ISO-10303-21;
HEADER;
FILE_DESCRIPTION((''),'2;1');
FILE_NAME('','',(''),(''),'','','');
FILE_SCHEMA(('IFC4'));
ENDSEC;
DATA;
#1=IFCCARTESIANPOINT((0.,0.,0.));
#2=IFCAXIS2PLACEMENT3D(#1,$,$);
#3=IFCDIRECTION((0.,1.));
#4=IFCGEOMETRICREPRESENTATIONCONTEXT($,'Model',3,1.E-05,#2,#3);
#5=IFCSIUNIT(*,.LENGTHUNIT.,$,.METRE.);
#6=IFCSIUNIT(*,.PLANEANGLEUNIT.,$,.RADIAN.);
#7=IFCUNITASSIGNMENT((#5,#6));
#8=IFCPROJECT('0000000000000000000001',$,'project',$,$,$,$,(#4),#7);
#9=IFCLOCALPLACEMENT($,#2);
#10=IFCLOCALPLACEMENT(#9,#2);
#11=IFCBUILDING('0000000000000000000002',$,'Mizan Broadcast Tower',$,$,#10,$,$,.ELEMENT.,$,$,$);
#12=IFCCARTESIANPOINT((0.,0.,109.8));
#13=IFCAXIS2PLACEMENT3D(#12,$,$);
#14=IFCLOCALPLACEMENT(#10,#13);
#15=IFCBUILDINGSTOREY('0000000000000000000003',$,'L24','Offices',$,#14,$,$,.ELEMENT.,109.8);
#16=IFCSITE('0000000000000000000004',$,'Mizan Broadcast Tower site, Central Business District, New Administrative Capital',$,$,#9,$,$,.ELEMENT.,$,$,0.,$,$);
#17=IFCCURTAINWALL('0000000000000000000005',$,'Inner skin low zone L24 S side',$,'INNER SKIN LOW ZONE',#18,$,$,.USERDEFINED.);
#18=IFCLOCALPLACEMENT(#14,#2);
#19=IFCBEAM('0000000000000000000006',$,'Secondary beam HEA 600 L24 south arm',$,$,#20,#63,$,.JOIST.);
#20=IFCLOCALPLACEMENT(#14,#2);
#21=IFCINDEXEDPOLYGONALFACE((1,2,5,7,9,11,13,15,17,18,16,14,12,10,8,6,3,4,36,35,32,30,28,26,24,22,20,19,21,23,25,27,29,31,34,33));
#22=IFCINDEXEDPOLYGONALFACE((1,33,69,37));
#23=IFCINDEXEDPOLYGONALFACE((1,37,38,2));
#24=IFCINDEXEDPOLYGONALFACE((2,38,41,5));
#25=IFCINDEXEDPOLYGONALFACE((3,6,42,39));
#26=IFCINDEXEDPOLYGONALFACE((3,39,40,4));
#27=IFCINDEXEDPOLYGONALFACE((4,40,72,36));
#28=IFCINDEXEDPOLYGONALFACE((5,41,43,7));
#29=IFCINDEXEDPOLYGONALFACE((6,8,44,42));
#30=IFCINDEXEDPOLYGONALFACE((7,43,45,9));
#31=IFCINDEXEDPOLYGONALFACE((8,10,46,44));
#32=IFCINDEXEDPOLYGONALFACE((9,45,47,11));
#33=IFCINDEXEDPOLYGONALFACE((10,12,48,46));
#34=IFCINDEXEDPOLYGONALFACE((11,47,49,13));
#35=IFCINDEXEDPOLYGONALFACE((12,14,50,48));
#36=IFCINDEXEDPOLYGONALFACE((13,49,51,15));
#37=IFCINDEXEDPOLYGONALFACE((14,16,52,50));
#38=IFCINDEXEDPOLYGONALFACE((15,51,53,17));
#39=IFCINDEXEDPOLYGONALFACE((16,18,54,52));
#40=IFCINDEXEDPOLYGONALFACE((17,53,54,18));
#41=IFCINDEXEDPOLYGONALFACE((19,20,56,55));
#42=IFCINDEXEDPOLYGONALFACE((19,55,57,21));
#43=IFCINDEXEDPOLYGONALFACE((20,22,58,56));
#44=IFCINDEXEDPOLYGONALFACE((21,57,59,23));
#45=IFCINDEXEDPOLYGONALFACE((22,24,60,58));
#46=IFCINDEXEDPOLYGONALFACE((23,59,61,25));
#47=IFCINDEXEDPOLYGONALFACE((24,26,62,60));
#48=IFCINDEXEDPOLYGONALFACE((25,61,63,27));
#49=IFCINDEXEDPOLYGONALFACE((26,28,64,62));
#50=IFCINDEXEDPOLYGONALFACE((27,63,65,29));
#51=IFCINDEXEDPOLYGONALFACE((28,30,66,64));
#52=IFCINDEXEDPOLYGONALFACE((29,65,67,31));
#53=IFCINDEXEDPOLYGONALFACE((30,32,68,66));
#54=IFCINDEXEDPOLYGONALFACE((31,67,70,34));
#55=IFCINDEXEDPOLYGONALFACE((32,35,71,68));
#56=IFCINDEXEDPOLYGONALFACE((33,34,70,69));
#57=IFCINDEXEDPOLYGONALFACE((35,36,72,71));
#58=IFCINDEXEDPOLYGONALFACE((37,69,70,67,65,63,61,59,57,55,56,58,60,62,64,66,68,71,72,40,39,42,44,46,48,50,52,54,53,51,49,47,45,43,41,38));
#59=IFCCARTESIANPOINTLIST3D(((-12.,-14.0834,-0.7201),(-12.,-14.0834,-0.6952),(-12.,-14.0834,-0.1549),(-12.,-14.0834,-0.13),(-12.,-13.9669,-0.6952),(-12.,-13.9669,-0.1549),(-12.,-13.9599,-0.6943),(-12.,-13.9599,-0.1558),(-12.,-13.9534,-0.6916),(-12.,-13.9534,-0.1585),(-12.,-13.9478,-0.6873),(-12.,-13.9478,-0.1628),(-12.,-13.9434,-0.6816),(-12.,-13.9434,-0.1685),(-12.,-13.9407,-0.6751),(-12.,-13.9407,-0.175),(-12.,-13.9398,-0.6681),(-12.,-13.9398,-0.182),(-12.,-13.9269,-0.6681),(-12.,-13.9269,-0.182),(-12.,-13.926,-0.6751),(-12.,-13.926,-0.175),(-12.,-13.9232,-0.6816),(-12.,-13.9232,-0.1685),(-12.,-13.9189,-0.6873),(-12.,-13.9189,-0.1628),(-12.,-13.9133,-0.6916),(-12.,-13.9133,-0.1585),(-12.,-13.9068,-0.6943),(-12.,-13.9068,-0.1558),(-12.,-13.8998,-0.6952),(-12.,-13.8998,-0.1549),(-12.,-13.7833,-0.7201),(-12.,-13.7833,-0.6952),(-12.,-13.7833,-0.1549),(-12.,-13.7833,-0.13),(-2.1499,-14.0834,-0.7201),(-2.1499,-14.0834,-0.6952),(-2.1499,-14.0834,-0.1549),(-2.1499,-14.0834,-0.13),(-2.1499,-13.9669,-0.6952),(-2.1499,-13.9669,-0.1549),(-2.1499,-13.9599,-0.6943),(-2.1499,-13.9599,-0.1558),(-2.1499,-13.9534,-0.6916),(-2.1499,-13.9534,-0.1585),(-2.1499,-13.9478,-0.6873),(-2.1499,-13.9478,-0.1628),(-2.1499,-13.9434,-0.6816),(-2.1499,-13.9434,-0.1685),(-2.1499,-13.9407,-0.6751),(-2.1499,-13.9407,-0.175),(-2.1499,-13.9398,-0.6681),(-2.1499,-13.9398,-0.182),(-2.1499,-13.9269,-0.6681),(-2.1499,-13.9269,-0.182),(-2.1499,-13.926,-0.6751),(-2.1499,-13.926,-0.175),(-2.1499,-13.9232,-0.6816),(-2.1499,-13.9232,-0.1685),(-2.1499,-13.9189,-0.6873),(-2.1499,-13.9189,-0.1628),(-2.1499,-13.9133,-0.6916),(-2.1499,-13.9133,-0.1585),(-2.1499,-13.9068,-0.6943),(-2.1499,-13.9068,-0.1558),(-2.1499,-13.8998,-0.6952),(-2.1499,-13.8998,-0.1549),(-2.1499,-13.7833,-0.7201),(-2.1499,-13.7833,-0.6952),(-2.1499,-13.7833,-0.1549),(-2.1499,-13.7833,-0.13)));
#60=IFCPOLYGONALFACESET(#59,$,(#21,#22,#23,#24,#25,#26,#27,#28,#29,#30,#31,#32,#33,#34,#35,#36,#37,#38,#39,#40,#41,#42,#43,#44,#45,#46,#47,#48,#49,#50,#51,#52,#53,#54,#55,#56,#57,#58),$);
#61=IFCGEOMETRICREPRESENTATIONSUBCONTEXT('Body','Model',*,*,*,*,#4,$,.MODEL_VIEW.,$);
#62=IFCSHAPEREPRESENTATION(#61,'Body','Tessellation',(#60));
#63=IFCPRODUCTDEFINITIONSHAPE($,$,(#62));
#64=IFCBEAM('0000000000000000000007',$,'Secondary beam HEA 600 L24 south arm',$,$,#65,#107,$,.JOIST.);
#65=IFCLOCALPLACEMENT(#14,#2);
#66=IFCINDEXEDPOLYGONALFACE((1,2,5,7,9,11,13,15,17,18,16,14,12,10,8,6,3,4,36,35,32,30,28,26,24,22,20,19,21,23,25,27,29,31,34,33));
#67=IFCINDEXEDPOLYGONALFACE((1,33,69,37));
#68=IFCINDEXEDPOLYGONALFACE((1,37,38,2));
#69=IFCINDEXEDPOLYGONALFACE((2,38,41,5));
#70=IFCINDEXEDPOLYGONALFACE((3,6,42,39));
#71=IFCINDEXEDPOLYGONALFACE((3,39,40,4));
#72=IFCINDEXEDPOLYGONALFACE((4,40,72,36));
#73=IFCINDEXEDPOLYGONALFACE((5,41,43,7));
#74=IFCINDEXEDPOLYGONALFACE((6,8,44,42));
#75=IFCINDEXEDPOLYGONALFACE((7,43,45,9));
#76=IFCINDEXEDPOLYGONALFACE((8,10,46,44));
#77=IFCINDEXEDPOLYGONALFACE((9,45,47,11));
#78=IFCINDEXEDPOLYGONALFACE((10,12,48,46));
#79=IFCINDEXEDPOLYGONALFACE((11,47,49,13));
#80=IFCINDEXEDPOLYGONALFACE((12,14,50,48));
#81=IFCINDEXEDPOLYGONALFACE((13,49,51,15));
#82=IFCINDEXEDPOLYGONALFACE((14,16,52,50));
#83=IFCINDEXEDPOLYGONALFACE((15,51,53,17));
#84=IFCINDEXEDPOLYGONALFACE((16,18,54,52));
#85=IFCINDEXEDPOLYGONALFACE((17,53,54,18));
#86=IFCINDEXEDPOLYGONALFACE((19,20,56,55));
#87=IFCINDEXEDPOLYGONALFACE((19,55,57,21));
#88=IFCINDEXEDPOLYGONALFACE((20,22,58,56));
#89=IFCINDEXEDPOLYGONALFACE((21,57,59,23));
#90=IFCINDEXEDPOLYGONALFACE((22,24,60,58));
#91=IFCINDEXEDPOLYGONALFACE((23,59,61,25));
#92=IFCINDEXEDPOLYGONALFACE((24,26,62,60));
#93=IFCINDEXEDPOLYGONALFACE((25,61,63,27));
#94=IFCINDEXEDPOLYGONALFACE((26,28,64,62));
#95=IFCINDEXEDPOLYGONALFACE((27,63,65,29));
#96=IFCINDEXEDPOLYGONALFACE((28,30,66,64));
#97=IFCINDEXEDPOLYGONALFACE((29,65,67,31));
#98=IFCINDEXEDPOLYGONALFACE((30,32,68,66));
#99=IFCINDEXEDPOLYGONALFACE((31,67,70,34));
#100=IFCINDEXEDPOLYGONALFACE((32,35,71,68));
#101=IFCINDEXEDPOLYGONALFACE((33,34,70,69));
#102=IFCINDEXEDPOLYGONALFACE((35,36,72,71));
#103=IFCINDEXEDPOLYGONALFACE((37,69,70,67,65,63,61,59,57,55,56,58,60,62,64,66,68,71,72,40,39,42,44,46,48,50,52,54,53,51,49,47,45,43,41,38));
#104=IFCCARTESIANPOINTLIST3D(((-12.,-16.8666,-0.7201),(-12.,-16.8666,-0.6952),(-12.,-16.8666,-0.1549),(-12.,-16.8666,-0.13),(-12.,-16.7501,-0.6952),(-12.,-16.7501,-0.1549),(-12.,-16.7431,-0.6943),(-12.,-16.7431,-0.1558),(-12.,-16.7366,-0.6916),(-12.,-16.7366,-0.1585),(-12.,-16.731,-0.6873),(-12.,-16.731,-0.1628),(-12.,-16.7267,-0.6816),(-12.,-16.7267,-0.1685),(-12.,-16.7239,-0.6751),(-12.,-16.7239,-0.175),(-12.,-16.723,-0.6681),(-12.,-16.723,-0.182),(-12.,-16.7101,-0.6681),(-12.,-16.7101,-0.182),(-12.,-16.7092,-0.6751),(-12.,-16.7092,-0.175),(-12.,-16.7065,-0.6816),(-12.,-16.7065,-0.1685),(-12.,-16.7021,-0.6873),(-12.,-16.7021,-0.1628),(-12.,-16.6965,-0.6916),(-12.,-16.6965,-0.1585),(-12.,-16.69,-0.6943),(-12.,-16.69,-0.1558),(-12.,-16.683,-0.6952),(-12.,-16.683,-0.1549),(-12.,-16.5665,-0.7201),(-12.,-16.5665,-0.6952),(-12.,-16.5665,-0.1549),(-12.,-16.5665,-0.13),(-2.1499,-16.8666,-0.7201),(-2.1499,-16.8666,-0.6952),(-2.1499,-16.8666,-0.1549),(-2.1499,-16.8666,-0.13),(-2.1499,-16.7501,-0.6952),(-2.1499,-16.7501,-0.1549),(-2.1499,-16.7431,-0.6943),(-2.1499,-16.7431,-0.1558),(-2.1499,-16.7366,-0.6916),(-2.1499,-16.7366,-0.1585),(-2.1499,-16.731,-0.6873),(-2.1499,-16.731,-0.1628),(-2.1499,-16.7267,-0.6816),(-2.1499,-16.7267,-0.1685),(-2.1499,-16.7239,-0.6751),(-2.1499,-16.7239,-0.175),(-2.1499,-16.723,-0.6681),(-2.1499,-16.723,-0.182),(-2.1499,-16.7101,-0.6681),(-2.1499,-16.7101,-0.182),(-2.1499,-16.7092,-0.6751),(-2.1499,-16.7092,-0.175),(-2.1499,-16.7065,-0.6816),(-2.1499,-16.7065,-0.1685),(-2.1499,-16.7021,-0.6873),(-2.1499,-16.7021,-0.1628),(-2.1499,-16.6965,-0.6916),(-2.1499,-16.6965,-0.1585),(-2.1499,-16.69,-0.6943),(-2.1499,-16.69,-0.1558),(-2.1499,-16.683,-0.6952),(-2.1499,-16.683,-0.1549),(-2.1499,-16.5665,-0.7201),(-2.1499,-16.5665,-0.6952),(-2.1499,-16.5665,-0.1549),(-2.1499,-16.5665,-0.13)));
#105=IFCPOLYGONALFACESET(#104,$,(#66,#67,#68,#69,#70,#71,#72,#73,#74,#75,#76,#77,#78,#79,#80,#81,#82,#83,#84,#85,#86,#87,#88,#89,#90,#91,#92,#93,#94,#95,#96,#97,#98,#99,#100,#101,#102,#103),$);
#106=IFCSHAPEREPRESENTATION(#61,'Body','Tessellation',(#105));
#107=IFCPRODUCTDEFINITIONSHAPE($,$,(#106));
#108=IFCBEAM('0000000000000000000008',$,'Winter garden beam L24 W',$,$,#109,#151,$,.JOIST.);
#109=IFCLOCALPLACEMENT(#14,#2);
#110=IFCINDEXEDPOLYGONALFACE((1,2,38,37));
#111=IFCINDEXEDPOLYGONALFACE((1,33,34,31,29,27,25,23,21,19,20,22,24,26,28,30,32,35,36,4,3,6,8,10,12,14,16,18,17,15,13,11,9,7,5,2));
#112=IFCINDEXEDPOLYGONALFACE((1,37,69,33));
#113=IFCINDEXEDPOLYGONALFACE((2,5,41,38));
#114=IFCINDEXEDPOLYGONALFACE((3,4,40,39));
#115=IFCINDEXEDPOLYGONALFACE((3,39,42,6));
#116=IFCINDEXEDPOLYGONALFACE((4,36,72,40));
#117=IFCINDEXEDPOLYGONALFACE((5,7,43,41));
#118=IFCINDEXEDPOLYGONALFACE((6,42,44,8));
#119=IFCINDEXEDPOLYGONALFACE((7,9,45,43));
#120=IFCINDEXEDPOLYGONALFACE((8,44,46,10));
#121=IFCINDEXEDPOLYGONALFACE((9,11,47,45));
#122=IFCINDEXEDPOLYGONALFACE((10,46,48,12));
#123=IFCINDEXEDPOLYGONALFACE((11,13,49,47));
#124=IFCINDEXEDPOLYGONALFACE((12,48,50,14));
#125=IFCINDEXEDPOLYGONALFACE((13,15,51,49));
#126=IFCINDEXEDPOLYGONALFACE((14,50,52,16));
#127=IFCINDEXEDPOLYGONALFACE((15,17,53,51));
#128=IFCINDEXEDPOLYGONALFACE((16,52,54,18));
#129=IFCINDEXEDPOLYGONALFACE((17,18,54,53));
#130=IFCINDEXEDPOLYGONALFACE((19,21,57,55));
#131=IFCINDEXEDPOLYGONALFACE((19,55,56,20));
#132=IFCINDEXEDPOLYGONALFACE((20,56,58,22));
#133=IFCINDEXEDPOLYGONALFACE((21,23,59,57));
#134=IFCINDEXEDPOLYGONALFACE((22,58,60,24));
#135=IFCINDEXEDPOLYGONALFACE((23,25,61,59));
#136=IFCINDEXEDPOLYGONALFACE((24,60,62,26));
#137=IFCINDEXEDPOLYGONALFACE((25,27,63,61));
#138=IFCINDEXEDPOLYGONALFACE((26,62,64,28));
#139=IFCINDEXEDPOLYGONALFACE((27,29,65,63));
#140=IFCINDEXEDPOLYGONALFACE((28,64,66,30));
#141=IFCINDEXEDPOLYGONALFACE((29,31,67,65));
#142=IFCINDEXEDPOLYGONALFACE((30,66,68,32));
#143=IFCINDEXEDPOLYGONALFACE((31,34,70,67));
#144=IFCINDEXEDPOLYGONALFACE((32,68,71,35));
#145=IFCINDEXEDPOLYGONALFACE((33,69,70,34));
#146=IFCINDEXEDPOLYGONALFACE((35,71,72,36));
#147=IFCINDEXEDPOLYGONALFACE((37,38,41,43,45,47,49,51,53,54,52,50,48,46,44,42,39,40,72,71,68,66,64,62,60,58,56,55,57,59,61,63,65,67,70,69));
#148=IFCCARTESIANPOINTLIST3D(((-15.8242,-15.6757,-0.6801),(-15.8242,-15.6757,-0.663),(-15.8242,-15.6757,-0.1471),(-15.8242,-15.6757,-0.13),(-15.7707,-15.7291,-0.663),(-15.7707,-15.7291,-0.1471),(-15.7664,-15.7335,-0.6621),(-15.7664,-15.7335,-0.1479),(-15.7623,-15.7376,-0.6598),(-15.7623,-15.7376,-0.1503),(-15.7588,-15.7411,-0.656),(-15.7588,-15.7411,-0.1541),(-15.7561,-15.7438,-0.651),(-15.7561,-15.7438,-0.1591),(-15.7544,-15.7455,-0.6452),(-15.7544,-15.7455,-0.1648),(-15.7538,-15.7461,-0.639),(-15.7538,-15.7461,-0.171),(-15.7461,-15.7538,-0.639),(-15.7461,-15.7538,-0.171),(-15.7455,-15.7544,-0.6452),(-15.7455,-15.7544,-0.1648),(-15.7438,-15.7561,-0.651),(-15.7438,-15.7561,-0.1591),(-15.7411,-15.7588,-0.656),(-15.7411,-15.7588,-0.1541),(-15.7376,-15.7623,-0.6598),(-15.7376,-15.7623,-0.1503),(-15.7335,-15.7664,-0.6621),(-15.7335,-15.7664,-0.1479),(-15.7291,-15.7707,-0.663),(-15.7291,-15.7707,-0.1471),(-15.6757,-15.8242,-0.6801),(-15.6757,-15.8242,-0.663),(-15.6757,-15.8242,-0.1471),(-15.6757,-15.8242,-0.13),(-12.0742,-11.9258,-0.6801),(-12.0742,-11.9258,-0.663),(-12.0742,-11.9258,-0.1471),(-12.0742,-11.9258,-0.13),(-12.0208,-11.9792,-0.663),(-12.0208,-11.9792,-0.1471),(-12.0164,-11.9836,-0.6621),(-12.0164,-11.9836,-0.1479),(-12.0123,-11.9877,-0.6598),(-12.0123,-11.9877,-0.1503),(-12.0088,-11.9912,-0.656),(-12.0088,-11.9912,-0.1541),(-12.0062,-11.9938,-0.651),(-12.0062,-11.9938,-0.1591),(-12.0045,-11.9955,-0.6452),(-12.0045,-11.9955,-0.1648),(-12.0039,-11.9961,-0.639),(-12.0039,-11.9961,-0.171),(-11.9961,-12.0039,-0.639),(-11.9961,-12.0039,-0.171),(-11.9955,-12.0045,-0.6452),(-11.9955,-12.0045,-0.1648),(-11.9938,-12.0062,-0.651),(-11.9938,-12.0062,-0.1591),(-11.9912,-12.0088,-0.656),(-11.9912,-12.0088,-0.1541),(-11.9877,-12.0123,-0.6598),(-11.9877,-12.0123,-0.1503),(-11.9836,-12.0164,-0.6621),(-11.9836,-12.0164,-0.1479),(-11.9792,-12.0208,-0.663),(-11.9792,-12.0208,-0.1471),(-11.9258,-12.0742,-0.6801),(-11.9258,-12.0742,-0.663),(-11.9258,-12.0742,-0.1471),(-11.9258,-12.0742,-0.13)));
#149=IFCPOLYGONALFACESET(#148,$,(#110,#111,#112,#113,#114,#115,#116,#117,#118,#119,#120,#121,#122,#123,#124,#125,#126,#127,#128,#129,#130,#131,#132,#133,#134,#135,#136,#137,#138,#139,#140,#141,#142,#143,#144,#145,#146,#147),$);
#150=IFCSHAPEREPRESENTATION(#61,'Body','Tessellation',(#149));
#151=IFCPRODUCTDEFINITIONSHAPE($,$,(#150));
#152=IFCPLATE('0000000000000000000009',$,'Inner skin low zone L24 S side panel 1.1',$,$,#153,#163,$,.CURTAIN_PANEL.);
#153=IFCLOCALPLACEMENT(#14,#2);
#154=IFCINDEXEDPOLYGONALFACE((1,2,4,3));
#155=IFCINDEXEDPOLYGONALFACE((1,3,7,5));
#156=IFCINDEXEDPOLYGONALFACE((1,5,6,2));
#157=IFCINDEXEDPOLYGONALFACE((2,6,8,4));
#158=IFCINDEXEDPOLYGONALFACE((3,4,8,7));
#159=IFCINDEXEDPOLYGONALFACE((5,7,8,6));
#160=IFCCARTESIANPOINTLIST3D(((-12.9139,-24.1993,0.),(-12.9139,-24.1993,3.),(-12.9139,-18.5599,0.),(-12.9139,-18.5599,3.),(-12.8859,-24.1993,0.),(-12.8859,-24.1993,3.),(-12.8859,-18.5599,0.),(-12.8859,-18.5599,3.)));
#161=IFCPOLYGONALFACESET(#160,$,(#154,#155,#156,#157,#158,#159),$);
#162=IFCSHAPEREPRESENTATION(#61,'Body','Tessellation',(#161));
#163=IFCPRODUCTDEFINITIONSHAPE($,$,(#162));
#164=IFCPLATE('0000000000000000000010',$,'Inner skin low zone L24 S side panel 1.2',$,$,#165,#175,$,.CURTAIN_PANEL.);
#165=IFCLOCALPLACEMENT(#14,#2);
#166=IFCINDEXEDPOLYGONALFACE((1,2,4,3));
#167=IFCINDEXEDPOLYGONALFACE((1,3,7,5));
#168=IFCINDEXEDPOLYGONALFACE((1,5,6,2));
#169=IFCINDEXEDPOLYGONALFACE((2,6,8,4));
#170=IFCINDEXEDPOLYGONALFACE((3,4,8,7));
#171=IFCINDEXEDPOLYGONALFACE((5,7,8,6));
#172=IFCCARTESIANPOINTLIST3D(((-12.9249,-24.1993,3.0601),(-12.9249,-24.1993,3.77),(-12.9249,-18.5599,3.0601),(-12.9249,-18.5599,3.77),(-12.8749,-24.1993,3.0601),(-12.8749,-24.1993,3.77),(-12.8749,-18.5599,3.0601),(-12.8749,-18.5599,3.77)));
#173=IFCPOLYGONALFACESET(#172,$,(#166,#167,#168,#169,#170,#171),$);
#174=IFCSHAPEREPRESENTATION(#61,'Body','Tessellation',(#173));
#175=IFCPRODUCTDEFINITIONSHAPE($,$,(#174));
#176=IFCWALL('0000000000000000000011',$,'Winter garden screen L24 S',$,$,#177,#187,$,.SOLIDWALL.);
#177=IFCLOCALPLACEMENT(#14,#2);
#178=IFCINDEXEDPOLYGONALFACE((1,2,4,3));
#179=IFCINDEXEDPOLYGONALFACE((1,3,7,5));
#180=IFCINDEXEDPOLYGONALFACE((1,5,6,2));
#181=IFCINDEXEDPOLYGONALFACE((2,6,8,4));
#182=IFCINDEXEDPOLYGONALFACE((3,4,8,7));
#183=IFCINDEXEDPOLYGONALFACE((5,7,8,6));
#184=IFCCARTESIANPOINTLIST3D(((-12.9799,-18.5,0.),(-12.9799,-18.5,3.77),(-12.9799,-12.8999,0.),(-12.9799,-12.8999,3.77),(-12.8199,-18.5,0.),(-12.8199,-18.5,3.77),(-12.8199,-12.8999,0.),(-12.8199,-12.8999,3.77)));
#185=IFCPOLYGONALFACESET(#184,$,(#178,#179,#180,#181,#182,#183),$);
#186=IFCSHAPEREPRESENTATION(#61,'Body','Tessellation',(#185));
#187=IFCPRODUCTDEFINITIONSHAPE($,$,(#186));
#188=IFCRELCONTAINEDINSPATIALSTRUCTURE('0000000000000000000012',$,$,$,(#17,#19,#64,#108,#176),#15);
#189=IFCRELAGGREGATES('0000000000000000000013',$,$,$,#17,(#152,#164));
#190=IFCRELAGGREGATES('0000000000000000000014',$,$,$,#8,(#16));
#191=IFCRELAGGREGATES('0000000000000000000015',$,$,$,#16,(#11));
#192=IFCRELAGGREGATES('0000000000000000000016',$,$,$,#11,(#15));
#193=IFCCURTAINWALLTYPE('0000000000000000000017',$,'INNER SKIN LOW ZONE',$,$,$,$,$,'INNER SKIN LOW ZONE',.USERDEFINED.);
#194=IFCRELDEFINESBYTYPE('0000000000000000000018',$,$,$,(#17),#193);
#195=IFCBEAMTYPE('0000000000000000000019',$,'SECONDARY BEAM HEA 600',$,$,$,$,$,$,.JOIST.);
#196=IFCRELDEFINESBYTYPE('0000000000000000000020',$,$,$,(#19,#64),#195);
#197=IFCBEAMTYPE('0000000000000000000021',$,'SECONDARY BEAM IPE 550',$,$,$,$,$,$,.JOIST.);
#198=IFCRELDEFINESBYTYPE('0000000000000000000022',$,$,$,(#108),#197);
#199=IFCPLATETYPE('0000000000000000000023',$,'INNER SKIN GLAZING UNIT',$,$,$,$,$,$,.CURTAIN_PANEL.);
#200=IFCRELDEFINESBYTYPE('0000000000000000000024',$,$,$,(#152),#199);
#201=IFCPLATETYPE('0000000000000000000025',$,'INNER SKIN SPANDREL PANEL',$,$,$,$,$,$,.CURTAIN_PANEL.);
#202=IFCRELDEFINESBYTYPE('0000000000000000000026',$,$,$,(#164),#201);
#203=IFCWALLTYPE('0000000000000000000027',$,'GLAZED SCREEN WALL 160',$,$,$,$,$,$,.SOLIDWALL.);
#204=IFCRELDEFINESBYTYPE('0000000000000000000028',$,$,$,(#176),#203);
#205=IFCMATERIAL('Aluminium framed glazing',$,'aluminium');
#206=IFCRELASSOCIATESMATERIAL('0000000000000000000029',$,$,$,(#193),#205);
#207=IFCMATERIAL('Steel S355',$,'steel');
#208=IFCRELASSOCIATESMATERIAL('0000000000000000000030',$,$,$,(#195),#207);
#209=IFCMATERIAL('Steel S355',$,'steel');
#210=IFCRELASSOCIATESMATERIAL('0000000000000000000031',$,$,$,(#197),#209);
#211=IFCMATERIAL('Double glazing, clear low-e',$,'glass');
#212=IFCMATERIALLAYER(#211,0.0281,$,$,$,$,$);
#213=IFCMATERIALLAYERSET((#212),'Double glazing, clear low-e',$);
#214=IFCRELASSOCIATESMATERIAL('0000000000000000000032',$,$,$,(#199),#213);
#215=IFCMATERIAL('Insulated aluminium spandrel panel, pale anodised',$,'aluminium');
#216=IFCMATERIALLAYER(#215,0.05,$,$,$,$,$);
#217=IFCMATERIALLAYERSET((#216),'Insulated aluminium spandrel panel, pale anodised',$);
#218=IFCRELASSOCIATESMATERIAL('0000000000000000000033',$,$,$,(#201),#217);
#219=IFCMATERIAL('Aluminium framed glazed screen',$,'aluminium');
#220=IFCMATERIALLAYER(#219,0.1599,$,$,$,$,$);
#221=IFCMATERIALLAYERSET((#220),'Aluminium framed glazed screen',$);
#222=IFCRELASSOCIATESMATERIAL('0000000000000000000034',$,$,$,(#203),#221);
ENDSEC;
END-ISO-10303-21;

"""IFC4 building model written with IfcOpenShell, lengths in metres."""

from ifc_helpers import new_model, si_unit, direction, frame, frame_2d, origin, origin_2d, place, context, subcontext, project, spatial, rectangle, i_section, extrude, material, layer, layer_set, material_profile, profile_set, type_object, element, aggregate, save


model = new_model("IFC4")

# Units and contexts
model_context = context("Model", 3, precision=1e-05, world=origin(), true_north=direction((0.0, 1.0)))
body_context = subcontext(model_context, "Body", "Model", "MODEL_VIEW")
ifc_project = project(units=[si_unit("LENGTHUNIT", "METRE"), si_unit("PLANEANGLEUNIT", "RADIAN")], contexts=[model_context])

# Site, building, storey
site_placement = place(None, origin())
site = spatial("IfcSite", under=ifc_project, at=site_placement, Name="Mizan Broadcast Tower site, Central Business District, New Administrative Capital", CompositionType="ELEMENT", RefElevation=0.0)
building_placement = place(site_placement, origin())
building = spatial("IfcBuilding", under=site, at=building_placement, Name="Mizan Broadcast Tower", CompositionType="ELEMENT")
storey_placement = place(building_placement, frame((0.0, 0.0, 109.8)))
storey = spatial("IfcBuildingStorey", under=building, at=storey_placement, Name="L24", Description="Offices", CompositionType="ELEMENT", Elevation=109.8)

# Curtain wall
ifc_material_1 = material(Name="Aluminium framed glazing", Category="aluminium")
curtain_wall_type = type_object("IfcCurtainWallType", Name="INNER SKIN LOW ZONE", ElementType="INNER SKIN LOW ZONE", PredefinedType="USERDEFINED", material=ifc_material_1)
curtain_wall_placement = place(storey_placement, origin())
curtain_wall = element("IfcCurtainWall", 1, at=curtain_wall_placement, inside=storey, type_object=curtain_wall_type, Name="Inner skin low zone L24 S side", ObjectType="INNER SKIN LOW ZONE", PredefinedType="USERDEFINED")

# Beams
ifc_material_2 = material(Name="Steel S355", Category="steel")
ifc_material_profile_1 = material_profile(ifc_material_2, i_section(OverallWidth=0.3, OverallDepth=0.5901, WebThickness=0.0129, FlangeThickness=0.0249, FilletRadius=0.0271, at=origin_2d()), Name="HEA 600")
ifc_profile_set_1 = profile_set([ifc_material_profile_1], Name="Steel S355")
beam_type_1 = type_object("IfcBeamType", Name="SECONDARY BEAM HEA 600", PredefinedType="JOIST", material=ifc_profile_set_1)
for number, where, z_axis, x_axis, name in (
    (2, (-12.0, -13.9333, -0.425), (1.0, 0.0, 0.0), (0.0, 1.0, 0.0), "Secondary beam HEA 600 L24 south arm"),
    (3, (-12.0, -16.7166, -0.425), (1.0, 0.0, 0.0), (0.0, 1.0, 0.0), "Secondary beam HEA 600 L24 south arm"),
):
    element("IfcBeam", number, at=place(storey_placement, frame(where, z_axis=z_axis, x_axis=x_axis)), inside=storey, type_object=beam_type_1, Name=name, PredefinedType="JOIST", context=body_context, shape_type="SweptSolid", body=[
        extrude(i_section(OverallWidth=0.3, OverallDepth=0.5901, WebThickness=0.0129, FlangeThickness=0.0249, FilletRadius=0.0271, at=origin_2d()), origin(), (0.0, 0.0, 1.0), 9.8501),
    ])
ifc_material_3 = material(Name="Steel S355", Category="steel")
ifc_material_profile_2 = material_profile(ifc_material_3, i_section(OverallWidth=0.21, OverallDepth=0.55, WebThickness=0.011, FlangeThickness=0.0171, FilletRadius=0.0239, at=origin_2d()), Name="IPE 550")
ifc_profile_set_2 = profile_set([ifc_material_profile_2], Name="Steel S355")
beam_type_2 = type_object("IfcBeamType", Name="SECONDARY BEAM IPE 550", PredefinedType="JOIST", material=ifc_profile_set_2)
beam_1_placement = place(storey_placement, frame((-12.0, -12.0, -0.405), z_axis=(-0.707107, -0.707107, 0.0), x_axis=(0.707107, -0.707107, 0.0)))
element("IfcBeam", 4, at=beam_1_placement, inside=storey, type_object=beam_type_2, Name="Winter garden beam L24 W", PredefinedType="JOIST", context=body_context, shape_type="SweptSolid", body=[
    extrude(i_section(OverallWidth=0.21, OverallDepth=0.55, WebThickness=0.011, FlangeThickness=0.0171, FilletRadius=0.0239, at=origin_2d()), origin(), (0.0, 0.0, 1.0), 5.3032),
])

# Plates
ifc_material_4 = material(Name="Double glazing, clear low-e", Category="glass")
ifc_layer_1 = layer(ifc_material_4, 0.0281)
ifc_layer_set_1 = layer_set([ifc_layer_1], Name="Double glazing, clear low-e")
plate_type_1 = type_object("IfcPlateType", Name="INNER SKIN GLAZING UNIT", PredefinedType="CURTAIN_PANEL", material=ifc_layer_set_1)
plate_1_placement = place(storey_placement, frame((-12.8999, -21.3796, 0.0), z_axis=(0.0, 0.0, 1.0), x_axis=(0.0, -1.0, 0.0)))
plate_1 = element("IfcPlate", 5, at=plate_1_placement, type_object=plate_type_1, Name="Inner skin low zone L24 S side panel 1.1", PredefinedType="CURTAIN_PANEL", context=body_context, shape_type="SweptSolid", body=[
    extrude(rectangle(XDim=5.6394, YDim=0.0281, at=origin_2d()), origin(), (0.0, 0.0, 1.0), 3.0),
])
ifc_material_5 = material(Name="Insulated aluminium spandrel panel, pale anodised", Category="aluminium")
ifc_layer_2 = layer(ifc_material_5, 0.05)
ifc_layer_set_2 = layer_set([ifc_layer_2], Name="Insulated aluminium spandrel panel, pale anodised")
plate_type_2 = type_object("IfcPlateType", Name="INNER SKIN SPANDREL PANEL", PredefinedType="CURTAIN_PANEL", material=ifc_layer_set_2)
plate_2_placement = place(storey_placement, frame((-12.8999, -21.3796, 3.0601), z_axis=(0.0, 0.0, 1.0), x_axis=(0.0, -1.0, 0.0)))
plate_2 = element("IfcPlate", 6, at=plate_2_placement, type_object=plate_type_2, Name="Inner skin low zone L24 S side panel 1.2", PredefinedType="CURTAIN_PANEL", context=body_context, shape_type="SweptSolid", body=[
    extrude(rectangle(XDim=5.6394, YDim=0.05, at=origin_2d()), origin(), (0.0, 0.0, 1.0), 0.71),
])
aggregate(curtain_wall, [plate_1, plate_2])

# Wall
ifc_material_6 = material(Name="Aluminium framed glazed screen", Category="aluminium")
ifc_layer_3 = layer(ifc_material_6, 0.1599)
ifc_layer_set_3 = layer_set([ifc_layer_3], Name="Aluminium framed glazed screen")
wall_type_1 = type_object("IfcWallType", Name="GLAZED SCREEN WALL 160", PredefinedType="SOLIDWALL", material=ifc_layer_set_3)
wall_1_placement = place(storey_placement, frame((-12.8999, -12.8999, 0.0), z_axis=(0.0, 0.0, 1.0), x_axis=(0.0, -1.0, 0.0)))
element("IfcWall", 7, at=wall_1_placement, inside=storey, type_object=wall_type_1, Name="Winter garden screen L24 S", PredefinedType="SOLIDWALL", context=body_context, shape_type="SweptSolid", body=[
    extrude(rectangle(XDim=5.6001, YDim=0.1599, at=frame_2d((2.8, 0.0))), origin(), (0.0, 0.0, 1.0), 3.77),
])

save(model, "model.ifc")
